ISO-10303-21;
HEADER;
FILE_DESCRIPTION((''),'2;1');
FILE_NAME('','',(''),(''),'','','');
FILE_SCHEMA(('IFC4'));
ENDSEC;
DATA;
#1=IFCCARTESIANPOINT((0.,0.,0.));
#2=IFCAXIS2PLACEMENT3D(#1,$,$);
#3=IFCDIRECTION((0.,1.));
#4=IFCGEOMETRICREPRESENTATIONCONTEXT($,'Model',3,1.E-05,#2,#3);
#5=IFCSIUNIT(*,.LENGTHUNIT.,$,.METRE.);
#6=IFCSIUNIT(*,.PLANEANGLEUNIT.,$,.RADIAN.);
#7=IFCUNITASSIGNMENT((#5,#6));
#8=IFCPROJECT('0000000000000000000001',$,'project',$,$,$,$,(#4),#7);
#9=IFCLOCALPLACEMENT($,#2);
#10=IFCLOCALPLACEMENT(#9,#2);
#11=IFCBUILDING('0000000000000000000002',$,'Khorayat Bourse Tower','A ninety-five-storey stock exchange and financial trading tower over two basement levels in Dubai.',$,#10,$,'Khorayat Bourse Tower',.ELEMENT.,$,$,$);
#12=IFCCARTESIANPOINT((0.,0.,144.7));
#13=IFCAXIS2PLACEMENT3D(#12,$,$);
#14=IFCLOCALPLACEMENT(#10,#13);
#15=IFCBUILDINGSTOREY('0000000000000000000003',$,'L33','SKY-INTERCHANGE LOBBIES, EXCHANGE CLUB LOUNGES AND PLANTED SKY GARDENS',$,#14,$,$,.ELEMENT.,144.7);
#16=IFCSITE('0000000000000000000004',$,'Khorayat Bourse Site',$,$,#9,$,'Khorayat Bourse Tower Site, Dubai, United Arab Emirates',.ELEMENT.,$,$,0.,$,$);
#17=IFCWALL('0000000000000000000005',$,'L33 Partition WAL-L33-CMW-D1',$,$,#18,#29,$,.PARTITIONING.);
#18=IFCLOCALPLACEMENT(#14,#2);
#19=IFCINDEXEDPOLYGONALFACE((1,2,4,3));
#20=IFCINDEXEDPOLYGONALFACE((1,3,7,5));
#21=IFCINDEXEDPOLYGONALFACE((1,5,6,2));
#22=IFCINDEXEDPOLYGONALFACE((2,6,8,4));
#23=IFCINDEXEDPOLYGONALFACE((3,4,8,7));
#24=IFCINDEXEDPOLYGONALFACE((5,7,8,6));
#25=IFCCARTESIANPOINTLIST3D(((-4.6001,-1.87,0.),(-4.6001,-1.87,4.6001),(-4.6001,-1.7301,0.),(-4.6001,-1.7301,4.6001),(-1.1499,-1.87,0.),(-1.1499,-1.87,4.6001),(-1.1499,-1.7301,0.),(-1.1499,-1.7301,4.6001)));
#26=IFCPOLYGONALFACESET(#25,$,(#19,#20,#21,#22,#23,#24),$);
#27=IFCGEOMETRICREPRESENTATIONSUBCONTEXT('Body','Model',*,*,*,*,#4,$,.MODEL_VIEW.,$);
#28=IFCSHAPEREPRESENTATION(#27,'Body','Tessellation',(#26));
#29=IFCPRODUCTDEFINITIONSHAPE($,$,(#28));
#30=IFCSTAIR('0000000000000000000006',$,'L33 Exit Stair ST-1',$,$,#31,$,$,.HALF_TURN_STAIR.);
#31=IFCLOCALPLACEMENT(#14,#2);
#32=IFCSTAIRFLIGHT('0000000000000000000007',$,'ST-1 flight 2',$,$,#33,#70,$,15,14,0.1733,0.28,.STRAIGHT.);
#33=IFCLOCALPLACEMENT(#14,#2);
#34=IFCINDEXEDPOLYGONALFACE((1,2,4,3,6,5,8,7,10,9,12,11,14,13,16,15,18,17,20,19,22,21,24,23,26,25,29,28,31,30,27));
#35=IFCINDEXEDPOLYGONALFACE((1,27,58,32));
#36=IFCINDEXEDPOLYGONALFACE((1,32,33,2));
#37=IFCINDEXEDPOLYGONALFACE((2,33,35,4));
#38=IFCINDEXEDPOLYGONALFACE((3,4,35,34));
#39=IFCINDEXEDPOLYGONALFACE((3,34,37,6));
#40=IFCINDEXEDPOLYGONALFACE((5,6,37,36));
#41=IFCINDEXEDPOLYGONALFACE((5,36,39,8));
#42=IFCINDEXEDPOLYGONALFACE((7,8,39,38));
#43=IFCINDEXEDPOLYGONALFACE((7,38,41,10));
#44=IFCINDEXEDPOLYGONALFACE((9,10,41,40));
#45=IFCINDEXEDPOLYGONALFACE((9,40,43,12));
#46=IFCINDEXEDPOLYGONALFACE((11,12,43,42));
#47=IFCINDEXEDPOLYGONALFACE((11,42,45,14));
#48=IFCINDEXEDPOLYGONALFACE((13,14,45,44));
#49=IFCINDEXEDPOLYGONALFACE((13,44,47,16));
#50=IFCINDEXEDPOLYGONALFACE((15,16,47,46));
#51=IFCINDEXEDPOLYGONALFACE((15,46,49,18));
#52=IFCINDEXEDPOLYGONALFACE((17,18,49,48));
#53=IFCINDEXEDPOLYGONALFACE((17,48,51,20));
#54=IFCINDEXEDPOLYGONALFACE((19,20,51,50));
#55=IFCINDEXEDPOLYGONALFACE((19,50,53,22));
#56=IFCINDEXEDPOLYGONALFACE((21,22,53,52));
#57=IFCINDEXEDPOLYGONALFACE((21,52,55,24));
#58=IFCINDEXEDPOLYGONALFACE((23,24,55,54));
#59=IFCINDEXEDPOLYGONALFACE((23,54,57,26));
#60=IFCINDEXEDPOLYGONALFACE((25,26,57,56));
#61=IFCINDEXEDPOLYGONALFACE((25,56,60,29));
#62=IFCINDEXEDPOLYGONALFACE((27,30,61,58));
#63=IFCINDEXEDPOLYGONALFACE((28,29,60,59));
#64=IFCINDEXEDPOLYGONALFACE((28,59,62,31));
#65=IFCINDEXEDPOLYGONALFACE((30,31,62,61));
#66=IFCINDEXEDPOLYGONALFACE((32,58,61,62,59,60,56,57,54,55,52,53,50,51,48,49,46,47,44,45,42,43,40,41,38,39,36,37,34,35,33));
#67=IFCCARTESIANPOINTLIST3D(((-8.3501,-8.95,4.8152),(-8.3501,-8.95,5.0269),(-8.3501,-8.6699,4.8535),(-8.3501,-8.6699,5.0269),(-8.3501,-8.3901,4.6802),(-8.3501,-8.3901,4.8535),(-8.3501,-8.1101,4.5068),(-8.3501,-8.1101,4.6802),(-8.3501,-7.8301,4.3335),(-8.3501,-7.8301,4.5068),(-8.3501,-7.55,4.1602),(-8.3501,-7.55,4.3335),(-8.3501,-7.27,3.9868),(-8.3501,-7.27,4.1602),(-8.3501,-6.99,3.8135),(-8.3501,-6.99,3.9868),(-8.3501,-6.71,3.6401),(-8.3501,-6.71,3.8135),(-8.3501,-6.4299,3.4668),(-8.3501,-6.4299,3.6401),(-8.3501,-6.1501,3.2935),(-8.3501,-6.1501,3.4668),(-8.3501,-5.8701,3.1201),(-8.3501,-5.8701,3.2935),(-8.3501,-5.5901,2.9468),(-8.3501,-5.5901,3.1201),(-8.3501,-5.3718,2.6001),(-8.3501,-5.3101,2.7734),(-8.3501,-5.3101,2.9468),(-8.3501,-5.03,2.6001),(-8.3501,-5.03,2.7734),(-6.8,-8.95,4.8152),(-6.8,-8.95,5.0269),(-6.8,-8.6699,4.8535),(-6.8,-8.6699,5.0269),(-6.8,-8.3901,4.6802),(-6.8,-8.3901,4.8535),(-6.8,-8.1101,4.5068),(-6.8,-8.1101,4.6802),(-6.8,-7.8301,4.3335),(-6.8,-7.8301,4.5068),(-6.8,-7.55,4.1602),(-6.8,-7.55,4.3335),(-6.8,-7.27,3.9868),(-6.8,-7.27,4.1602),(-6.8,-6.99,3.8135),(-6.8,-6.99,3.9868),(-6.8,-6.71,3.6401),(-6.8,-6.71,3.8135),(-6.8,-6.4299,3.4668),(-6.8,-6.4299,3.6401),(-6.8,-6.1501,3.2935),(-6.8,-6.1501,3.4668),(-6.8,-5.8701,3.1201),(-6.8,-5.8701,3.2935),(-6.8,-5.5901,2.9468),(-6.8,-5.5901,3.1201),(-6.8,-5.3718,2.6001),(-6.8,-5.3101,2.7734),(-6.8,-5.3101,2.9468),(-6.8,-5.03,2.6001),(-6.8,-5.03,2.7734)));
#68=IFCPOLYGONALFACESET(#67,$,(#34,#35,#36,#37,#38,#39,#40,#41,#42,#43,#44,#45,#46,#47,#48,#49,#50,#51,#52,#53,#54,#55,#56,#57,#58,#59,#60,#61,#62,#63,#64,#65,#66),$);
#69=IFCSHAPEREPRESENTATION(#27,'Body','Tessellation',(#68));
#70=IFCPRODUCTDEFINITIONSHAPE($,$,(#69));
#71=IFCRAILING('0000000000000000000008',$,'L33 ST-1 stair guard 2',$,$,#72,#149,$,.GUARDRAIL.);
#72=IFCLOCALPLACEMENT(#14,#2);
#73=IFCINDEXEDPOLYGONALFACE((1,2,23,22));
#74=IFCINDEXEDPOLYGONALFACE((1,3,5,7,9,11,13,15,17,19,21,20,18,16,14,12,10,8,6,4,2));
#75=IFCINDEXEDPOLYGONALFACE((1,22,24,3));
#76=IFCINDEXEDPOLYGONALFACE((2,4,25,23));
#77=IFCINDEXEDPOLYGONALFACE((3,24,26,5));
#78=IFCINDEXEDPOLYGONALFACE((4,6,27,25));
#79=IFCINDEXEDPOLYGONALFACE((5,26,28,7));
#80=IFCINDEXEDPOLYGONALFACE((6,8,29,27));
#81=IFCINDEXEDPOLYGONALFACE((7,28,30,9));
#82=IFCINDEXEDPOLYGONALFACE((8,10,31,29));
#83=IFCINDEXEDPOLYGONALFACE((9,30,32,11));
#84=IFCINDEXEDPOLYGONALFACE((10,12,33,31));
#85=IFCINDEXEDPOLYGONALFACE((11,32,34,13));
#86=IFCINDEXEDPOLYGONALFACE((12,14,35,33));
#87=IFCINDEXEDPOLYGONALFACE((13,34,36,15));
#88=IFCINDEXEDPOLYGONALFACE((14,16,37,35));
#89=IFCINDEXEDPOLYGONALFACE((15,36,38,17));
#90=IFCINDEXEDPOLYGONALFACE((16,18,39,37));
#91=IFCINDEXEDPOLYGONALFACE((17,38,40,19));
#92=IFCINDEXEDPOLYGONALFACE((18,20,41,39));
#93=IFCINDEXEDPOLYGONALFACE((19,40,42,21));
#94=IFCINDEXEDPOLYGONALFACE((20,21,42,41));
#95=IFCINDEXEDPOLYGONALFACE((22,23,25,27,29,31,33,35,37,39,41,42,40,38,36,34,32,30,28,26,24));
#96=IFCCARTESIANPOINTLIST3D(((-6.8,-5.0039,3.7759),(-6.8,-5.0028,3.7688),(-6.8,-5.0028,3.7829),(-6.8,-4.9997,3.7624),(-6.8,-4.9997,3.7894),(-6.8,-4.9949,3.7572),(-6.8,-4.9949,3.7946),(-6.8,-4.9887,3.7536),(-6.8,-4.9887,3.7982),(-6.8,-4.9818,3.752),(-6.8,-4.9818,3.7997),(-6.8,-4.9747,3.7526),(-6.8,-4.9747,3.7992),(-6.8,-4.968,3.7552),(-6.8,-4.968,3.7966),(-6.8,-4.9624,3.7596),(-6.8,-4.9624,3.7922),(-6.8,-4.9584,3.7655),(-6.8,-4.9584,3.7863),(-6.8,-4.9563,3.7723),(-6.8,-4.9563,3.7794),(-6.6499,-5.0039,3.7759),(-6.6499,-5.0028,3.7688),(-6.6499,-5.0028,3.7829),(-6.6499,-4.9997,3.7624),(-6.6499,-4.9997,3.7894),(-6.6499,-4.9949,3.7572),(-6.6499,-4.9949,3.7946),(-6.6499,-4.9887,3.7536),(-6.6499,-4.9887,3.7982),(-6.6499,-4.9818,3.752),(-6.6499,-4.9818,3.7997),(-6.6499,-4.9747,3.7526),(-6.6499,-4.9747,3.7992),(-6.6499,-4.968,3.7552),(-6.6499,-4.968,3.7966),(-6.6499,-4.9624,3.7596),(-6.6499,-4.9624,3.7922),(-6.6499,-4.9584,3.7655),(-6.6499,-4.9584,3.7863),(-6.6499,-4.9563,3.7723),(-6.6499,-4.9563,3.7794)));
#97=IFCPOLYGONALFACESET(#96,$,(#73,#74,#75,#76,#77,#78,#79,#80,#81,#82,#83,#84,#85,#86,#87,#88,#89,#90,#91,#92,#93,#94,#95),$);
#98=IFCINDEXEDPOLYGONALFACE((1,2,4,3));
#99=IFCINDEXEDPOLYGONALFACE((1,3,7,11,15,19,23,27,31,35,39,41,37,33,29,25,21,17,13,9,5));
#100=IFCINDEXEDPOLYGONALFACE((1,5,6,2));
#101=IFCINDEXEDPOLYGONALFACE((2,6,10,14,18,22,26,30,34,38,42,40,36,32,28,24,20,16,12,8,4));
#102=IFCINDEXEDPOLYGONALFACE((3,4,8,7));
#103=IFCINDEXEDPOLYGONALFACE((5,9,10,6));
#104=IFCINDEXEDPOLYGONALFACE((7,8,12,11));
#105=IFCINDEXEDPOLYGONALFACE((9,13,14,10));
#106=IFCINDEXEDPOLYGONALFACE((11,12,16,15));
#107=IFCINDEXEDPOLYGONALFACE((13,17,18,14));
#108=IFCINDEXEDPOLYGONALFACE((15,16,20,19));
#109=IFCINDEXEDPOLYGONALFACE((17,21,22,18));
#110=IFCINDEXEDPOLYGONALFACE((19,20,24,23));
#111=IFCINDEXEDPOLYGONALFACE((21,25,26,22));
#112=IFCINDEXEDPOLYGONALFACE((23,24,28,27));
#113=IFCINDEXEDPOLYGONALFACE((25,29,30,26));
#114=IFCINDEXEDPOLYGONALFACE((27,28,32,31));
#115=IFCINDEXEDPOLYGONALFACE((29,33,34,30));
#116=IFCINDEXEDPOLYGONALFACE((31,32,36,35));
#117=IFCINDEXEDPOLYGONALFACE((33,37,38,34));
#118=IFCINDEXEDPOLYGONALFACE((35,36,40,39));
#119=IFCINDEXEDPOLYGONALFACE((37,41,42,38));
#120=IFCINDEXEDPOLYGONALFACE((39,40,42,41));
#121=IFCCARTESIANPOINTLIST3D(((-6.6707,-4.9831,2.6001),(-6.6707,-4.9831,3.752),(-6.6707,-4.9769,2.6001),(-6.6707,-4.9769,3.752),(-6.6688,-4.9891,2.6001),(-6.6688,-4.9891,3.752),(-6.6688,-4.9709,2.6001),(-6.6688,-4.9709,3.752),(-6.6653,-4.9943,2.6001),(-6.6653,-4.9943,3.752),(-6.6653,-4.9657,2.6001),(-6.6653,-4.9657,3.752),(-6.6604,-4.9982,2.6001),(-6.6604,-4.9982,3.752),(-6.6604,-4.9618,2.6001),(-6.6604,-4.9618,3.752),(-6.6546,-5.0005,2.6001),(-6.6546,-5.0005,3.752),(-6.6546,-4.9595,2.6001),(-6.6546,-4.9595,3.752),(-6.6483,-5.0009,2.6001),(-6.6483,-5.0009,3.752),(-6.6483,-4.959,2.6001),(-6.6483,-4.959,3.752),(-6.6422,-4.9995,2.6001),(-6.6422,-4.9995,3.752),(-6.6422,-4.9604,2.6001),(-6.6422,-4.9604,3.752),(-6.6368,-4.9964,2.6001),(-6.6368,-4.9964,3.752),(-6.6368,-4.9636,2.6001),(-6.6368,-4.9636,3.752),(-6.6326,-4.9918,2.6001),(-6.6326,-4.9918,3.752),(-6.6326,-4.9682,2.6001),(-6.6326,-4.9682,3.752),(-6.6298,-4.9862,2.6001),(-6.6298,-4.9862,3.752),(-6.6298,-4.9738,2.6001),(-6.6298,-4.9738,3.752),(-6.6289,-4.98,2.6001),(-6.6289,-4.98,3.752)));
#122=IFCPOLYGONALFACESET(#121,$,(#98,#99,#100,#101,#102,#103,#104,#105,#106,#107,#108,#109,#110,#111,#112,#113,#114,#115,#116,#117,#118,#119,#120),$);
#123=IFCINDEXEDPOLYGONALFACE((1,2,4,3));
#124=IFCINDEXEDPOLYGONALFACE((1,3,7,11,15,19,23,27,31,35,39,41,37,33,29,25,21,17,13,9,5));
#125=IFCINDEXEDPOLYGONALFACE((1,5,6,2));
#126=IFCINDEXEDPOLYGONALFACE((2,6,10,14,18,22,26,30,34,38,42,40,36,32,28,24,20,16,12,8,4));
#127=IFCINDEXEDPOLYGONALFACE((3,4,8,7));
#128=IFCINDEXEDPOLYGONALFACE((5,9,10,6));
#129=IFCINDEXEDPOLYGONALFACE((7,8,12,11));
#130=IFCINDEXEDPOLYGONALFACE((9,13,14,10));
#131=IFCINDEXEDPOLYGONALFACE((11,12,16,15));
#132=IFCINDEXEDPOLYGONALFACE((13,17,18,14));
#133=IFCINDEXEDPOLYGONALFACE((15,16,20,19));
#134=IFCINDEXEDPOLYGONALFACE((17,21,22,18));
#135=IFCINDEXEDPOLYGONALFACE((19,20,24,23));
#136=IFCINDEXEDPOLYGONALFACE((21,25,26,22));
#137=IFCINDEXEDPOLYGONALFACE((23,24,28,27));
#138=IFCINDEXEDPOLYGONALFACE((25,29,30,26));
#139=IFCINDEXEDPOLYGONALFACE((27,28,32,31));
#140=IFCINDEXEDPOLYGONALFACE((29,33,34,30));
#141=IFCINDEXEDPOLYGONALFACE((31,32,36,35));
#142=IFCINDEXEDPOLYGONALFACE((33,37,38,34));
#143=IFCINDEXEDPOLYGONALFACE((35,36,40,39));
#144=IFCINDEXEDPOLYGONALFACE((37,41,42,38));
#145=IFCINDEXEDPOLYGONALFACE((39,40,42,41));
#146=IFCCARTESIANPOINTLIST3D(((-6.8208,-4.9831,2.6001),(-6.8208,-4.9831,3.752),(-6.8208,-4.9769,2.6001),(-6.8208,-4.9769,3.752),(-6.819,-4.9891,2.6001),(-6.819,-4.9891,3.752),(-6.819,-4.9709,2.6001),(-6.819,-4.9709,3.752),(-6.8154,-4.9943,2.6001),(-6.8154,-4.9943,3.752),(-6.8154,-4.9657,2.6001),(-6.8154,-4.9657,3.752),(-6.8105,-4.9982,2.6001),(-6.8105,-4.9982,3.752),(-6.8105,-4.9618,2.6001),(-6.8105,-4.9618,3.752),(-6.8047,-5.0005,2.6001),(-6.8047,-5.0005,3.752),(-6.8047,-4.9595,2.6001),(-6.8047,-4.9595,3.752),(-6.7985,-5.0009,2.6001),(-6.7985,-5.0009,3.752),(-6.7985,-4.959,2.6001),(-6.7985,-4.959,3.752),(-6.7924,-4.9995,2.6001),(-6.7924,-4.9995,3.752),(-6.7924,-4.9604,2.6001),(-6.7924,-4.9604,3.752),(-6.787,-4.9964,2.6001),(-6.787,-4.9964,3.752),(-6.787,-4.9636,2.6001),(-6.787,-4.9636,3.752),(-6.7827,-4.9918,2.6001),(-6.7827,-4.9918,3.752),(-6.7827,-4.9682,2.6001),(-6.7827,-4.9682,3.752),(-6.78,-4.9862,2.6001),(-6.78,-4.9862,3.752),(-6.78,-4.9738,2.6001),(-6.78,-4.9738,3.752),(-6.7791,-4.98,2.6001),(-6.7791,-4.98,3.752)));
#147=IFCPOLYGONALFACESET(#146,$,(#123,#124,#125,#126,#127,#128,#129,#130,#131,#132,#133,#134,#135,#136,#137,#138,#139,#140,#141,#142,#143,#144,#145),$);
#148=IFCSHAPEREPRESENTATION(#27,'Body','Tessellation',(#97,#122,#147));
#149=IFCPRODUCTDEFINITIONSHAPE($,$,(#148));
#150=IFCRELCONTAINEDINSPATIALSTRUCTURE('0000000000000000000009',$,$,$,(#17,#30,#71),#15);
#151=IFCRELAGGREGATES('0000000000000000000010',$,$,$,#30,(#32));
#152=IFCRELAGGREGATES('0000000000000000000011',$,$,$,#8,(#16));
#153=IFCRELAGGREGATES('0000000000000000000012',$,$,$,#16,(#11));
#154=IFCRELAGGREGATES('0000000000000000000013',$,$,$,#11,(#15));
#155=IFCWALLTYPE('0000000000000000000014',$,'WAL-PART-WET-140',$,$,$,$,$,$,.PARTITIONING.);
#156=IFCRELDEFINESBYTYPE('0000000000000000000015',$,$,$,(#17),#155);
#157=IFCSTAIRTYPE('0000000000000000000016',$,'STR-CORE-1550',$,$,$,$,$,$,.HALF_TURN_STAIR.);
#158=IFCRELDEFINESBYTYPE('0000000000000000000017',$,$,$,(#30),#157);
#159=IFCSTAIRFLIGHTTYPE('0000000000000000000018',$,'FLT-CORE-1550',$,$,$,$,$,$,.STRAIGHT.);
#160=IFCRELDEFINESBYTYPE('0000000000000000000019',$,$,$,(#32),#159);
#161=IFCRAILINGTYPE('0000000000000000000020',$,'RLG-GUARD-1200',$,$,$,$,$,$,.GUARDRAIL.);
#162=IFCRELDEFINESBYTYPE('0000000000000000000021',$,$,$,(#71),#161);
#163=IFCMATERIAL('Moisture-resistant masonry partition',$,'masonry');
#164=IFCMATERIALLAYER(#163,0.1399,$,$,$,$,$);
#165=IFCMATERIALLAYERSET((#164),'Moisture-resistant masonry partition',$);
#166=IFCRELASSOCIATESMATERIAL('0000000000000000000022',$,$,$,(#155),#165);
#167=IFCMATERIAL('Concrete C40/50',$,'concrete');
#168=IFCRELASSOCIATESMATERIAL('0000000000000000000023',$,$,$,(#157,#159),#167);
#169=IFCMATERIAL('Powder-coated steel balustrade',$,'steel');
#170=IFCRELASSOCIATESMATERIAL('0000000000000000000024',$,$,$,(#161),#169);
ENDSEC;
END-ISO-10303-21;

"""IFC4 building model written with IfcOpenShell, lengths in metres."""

from ifc_helpers import new_model, si_unit, direction, frame, frame_2d, origin, origin_2d, place, context, subcontext, project, spatial, polyline, rectangle, circle, outline, extrude, source, transform, mapped, material, layer, layer_set, type_object, element, aggregate, save


model = new_model("IFC4")

# Units and contexts
model_context = context("Model", 3, precision=1e-05, world=origin(), true_north=direction((0.0, 1.0)))
body_context = subcontext(model_context, "Body", "Model", "MODEL_VIEW")
ifc_project = project(units=[si_unit("LENGTHUNIT", "METRE"), si_unit("PLANEANGLEUNIT", "RADIAN")], contexts=[model_context])

# Site, building, storey
site_placement = place(None, origin())
site = spatial("IfcSite", under=ifc_project, at=site_placement, Name="Khorayat Bourse Site", LongName="Khorayat Bourse Tower Site, Dubai, United Arab Emirates", CompositionType="ELEMENT", RefElevation=0.0)
building_placement = place(site_placement, origin())
building = spatial("IfcBuilding", under=site, at=building_placement, Name="Khorayat Bourse Tower", Description="A ninety-five-storey stock exchange and financial trading tower over two basement levels in Dubai.", LongName="Khorayat Bourse Tower", CompositionType="ELEMENT")
storey_placement = place(building_placement, frame((0.0, 0.0, 144.7)))
storey = spatial("IfcBuildingStorey", under=building, at=storey_placement, Name="L33", Description="SKY-INTERCHANGE LOBBIES, EXCHANGE CLUB LOUNGES AND PLANTED SKY GARDENS", CompositionType="ELEMENT", Elevation=144.7)

# Wall
ifc_material_1 = material(Name="Moisture-resistant masonry partition", Category="masonry")
ifc_layer_1 = layer(ifc_material_1, 0.1399)
ifc_layer_set_1 = layer_set([ifc_layer_1], Name="Moisture-resistant masonry partition")
wall_type_1 = type_object("IfcWallType", Name="WAL-PART-WET-140", PredefinedType="PARTITIONING", material=ifc_layer_set_1)
shared_shape_1 = source(origin(), body_context, "Body", "SweptSolid", [
    extrude(rectangle(XDim=3.4502, YDim=0.1399, at=frame_2d((1.7251, 0.0))), origin(), (0.0, 0.0, 1.0), 4.6001),
])
wall_1_placement = place(storey_placement, frame((-4.6001, -1.8, 0.0), z_axis=(0.0, 0.0, 1.0), x_axis=(1.0, 0.0, 0.0)))
element("IfcWall", 1, at=wall_1_placement, inside=storey, type_object=wall_type_1, Name="L33 Partition WAL-L33-CMW-D1", PredefinedType="PARTITIONING", context=body_context, shape_type="MappedRepresentation", body=[
    mapped(shared_shape_1, transform((0.0, 0.0, 0.0), scale=1.0)),
])

# Stair, stair flight
ifc_material_2 = material(Name="Concrete C40/50", Category="concrete")
stair_type = type_object("IfcStairType", Name="STR-CORE-1550", PredefinedType="HALF_TURN_STAIR", material=ifc_material_2)
stair_placement = place(storey_placement, origin())
stair = element("IfcStair", 2, at=stair_placement, inside=storey, type_object=stair_type, Name="L33 Exit Stair ST-1", PredefinedType="HALF_TURN_STAIR")
stair_flight_type = type_object("IfcStairFlightType", Name="FLT-CORE-1550", PredefinedType="STRAIGHT", material=ifc_material_2)
shared_shape_2 = source(origin(), body_context, "Body", "SweptSolid", [
    extrude(outline(polyline([(0.0, 0.0), (0.0, 0.1733), (0.28, 0.1733), (0.28, 0.3467), (0.5601, 0.3467), (0.5601, 0.52), (0.8401, 0.52), (0.8401, 0.6934), (1.1201, 0.6934), (1.1201, 0.8667), (1.3999, 0.8667), (1.3999, 1.04), (1.6799, 1.04), (1.6799, 1.2134), (1.96, 1.2134), (1.96, 1.3867), (2.24, 1.3867), (2.24, 1.5601), (2.52, 1.5601), (2.52, 1.7334), (2.8, 1.7334), (2.8, 1.9067), (3.0801, 1.9067), (3.0801, 2.0801), (3.3601, 2.0801), (3.3601, 2.2534), (3.6399, 2.2534), (3.6399, 2.4268), (3.9199, 2.4268), (3.9199, 2.6001), (3.9199, 2.2151), (0.3418, 0.0), (0.0, 0.0)])), frame((0.0, 0.7749, 0.0), z_axis=(0.0, -1.0, 0.0), x_axis=(1.0, 0.0, 0.0)), (0.0, 0.0, 1.0), 1.55),
])
stair_flight_placement = place(storey_placement, frame((-7.575, -5.03, 2.6001), z_axis=(0.0, 0.0, 1.0), x_axis=(0.0, -1.0, 0.0)))
stair_flight = element("IfcStairFlight", 3, at=stair_flight_placement, type_object=stair_flight_type, Name="ST-1 flight 2", NumberOfRisers=15, NumberOfTreads=14, PredefinedType="STRAIGHT", RiserHeight=0.1733, TreadLength=0.28, context=body_context, shape_type="MappedRepresentation", body=[
    mapped(shared_shape_2, transform((0.0, 0.0, 0.0), scale=1.0)),
])
aggregate(stair, [stair_flight])

# Railing
ifc_material_3 = material(Name="Powder-coated steel balustrade", Category="steel")
railing_type_1 = type_object("IfcRailingType", Name="RLG-GUARD-1200", PredefinedType="GUARDRAIL", material=ifc_material_3)
shared_shape_3 = source(origin(), body_context, "Body", "SweptSolid", [
    extrude(circle(Radius=0.0239, at=origin_2d()), frame((0.0, 0.0, 1.1758), z_axis=(-1.0, 0.0, 0.0), x_axis=(0.0, -1.0, 0.0)), (0.0, 0.0, 1.0), 0.1501),
    extrude(circle(Radius=0.021, at=origin_2d()), origin(), (0.0, 0.0, 1.0), 1.1519),
    extrude(circle(Radius=0.021, at=origin_2d()), frame((-0.1501, 0.0, 0.0)), (0.0, 0.0, 1.0), 1.1519),
])
railing_1_placement = place(storey_placement, frame((-6.6499, -4.98, 2.6001)))
element("IfcRailing", 4, at=railing_1_placement, inside=storey, type_object=railing_type_1, Name="L33 ST-1 stair guard 2", PredefinedType="GUARDRAIL", context=body_context, shape_type="MappedRepresentation", body=[
    mapped(shared_shape_3, transform((0.0, 0.0, 0.0), scale=1.0)),
])

save(model, "model.ifc")
